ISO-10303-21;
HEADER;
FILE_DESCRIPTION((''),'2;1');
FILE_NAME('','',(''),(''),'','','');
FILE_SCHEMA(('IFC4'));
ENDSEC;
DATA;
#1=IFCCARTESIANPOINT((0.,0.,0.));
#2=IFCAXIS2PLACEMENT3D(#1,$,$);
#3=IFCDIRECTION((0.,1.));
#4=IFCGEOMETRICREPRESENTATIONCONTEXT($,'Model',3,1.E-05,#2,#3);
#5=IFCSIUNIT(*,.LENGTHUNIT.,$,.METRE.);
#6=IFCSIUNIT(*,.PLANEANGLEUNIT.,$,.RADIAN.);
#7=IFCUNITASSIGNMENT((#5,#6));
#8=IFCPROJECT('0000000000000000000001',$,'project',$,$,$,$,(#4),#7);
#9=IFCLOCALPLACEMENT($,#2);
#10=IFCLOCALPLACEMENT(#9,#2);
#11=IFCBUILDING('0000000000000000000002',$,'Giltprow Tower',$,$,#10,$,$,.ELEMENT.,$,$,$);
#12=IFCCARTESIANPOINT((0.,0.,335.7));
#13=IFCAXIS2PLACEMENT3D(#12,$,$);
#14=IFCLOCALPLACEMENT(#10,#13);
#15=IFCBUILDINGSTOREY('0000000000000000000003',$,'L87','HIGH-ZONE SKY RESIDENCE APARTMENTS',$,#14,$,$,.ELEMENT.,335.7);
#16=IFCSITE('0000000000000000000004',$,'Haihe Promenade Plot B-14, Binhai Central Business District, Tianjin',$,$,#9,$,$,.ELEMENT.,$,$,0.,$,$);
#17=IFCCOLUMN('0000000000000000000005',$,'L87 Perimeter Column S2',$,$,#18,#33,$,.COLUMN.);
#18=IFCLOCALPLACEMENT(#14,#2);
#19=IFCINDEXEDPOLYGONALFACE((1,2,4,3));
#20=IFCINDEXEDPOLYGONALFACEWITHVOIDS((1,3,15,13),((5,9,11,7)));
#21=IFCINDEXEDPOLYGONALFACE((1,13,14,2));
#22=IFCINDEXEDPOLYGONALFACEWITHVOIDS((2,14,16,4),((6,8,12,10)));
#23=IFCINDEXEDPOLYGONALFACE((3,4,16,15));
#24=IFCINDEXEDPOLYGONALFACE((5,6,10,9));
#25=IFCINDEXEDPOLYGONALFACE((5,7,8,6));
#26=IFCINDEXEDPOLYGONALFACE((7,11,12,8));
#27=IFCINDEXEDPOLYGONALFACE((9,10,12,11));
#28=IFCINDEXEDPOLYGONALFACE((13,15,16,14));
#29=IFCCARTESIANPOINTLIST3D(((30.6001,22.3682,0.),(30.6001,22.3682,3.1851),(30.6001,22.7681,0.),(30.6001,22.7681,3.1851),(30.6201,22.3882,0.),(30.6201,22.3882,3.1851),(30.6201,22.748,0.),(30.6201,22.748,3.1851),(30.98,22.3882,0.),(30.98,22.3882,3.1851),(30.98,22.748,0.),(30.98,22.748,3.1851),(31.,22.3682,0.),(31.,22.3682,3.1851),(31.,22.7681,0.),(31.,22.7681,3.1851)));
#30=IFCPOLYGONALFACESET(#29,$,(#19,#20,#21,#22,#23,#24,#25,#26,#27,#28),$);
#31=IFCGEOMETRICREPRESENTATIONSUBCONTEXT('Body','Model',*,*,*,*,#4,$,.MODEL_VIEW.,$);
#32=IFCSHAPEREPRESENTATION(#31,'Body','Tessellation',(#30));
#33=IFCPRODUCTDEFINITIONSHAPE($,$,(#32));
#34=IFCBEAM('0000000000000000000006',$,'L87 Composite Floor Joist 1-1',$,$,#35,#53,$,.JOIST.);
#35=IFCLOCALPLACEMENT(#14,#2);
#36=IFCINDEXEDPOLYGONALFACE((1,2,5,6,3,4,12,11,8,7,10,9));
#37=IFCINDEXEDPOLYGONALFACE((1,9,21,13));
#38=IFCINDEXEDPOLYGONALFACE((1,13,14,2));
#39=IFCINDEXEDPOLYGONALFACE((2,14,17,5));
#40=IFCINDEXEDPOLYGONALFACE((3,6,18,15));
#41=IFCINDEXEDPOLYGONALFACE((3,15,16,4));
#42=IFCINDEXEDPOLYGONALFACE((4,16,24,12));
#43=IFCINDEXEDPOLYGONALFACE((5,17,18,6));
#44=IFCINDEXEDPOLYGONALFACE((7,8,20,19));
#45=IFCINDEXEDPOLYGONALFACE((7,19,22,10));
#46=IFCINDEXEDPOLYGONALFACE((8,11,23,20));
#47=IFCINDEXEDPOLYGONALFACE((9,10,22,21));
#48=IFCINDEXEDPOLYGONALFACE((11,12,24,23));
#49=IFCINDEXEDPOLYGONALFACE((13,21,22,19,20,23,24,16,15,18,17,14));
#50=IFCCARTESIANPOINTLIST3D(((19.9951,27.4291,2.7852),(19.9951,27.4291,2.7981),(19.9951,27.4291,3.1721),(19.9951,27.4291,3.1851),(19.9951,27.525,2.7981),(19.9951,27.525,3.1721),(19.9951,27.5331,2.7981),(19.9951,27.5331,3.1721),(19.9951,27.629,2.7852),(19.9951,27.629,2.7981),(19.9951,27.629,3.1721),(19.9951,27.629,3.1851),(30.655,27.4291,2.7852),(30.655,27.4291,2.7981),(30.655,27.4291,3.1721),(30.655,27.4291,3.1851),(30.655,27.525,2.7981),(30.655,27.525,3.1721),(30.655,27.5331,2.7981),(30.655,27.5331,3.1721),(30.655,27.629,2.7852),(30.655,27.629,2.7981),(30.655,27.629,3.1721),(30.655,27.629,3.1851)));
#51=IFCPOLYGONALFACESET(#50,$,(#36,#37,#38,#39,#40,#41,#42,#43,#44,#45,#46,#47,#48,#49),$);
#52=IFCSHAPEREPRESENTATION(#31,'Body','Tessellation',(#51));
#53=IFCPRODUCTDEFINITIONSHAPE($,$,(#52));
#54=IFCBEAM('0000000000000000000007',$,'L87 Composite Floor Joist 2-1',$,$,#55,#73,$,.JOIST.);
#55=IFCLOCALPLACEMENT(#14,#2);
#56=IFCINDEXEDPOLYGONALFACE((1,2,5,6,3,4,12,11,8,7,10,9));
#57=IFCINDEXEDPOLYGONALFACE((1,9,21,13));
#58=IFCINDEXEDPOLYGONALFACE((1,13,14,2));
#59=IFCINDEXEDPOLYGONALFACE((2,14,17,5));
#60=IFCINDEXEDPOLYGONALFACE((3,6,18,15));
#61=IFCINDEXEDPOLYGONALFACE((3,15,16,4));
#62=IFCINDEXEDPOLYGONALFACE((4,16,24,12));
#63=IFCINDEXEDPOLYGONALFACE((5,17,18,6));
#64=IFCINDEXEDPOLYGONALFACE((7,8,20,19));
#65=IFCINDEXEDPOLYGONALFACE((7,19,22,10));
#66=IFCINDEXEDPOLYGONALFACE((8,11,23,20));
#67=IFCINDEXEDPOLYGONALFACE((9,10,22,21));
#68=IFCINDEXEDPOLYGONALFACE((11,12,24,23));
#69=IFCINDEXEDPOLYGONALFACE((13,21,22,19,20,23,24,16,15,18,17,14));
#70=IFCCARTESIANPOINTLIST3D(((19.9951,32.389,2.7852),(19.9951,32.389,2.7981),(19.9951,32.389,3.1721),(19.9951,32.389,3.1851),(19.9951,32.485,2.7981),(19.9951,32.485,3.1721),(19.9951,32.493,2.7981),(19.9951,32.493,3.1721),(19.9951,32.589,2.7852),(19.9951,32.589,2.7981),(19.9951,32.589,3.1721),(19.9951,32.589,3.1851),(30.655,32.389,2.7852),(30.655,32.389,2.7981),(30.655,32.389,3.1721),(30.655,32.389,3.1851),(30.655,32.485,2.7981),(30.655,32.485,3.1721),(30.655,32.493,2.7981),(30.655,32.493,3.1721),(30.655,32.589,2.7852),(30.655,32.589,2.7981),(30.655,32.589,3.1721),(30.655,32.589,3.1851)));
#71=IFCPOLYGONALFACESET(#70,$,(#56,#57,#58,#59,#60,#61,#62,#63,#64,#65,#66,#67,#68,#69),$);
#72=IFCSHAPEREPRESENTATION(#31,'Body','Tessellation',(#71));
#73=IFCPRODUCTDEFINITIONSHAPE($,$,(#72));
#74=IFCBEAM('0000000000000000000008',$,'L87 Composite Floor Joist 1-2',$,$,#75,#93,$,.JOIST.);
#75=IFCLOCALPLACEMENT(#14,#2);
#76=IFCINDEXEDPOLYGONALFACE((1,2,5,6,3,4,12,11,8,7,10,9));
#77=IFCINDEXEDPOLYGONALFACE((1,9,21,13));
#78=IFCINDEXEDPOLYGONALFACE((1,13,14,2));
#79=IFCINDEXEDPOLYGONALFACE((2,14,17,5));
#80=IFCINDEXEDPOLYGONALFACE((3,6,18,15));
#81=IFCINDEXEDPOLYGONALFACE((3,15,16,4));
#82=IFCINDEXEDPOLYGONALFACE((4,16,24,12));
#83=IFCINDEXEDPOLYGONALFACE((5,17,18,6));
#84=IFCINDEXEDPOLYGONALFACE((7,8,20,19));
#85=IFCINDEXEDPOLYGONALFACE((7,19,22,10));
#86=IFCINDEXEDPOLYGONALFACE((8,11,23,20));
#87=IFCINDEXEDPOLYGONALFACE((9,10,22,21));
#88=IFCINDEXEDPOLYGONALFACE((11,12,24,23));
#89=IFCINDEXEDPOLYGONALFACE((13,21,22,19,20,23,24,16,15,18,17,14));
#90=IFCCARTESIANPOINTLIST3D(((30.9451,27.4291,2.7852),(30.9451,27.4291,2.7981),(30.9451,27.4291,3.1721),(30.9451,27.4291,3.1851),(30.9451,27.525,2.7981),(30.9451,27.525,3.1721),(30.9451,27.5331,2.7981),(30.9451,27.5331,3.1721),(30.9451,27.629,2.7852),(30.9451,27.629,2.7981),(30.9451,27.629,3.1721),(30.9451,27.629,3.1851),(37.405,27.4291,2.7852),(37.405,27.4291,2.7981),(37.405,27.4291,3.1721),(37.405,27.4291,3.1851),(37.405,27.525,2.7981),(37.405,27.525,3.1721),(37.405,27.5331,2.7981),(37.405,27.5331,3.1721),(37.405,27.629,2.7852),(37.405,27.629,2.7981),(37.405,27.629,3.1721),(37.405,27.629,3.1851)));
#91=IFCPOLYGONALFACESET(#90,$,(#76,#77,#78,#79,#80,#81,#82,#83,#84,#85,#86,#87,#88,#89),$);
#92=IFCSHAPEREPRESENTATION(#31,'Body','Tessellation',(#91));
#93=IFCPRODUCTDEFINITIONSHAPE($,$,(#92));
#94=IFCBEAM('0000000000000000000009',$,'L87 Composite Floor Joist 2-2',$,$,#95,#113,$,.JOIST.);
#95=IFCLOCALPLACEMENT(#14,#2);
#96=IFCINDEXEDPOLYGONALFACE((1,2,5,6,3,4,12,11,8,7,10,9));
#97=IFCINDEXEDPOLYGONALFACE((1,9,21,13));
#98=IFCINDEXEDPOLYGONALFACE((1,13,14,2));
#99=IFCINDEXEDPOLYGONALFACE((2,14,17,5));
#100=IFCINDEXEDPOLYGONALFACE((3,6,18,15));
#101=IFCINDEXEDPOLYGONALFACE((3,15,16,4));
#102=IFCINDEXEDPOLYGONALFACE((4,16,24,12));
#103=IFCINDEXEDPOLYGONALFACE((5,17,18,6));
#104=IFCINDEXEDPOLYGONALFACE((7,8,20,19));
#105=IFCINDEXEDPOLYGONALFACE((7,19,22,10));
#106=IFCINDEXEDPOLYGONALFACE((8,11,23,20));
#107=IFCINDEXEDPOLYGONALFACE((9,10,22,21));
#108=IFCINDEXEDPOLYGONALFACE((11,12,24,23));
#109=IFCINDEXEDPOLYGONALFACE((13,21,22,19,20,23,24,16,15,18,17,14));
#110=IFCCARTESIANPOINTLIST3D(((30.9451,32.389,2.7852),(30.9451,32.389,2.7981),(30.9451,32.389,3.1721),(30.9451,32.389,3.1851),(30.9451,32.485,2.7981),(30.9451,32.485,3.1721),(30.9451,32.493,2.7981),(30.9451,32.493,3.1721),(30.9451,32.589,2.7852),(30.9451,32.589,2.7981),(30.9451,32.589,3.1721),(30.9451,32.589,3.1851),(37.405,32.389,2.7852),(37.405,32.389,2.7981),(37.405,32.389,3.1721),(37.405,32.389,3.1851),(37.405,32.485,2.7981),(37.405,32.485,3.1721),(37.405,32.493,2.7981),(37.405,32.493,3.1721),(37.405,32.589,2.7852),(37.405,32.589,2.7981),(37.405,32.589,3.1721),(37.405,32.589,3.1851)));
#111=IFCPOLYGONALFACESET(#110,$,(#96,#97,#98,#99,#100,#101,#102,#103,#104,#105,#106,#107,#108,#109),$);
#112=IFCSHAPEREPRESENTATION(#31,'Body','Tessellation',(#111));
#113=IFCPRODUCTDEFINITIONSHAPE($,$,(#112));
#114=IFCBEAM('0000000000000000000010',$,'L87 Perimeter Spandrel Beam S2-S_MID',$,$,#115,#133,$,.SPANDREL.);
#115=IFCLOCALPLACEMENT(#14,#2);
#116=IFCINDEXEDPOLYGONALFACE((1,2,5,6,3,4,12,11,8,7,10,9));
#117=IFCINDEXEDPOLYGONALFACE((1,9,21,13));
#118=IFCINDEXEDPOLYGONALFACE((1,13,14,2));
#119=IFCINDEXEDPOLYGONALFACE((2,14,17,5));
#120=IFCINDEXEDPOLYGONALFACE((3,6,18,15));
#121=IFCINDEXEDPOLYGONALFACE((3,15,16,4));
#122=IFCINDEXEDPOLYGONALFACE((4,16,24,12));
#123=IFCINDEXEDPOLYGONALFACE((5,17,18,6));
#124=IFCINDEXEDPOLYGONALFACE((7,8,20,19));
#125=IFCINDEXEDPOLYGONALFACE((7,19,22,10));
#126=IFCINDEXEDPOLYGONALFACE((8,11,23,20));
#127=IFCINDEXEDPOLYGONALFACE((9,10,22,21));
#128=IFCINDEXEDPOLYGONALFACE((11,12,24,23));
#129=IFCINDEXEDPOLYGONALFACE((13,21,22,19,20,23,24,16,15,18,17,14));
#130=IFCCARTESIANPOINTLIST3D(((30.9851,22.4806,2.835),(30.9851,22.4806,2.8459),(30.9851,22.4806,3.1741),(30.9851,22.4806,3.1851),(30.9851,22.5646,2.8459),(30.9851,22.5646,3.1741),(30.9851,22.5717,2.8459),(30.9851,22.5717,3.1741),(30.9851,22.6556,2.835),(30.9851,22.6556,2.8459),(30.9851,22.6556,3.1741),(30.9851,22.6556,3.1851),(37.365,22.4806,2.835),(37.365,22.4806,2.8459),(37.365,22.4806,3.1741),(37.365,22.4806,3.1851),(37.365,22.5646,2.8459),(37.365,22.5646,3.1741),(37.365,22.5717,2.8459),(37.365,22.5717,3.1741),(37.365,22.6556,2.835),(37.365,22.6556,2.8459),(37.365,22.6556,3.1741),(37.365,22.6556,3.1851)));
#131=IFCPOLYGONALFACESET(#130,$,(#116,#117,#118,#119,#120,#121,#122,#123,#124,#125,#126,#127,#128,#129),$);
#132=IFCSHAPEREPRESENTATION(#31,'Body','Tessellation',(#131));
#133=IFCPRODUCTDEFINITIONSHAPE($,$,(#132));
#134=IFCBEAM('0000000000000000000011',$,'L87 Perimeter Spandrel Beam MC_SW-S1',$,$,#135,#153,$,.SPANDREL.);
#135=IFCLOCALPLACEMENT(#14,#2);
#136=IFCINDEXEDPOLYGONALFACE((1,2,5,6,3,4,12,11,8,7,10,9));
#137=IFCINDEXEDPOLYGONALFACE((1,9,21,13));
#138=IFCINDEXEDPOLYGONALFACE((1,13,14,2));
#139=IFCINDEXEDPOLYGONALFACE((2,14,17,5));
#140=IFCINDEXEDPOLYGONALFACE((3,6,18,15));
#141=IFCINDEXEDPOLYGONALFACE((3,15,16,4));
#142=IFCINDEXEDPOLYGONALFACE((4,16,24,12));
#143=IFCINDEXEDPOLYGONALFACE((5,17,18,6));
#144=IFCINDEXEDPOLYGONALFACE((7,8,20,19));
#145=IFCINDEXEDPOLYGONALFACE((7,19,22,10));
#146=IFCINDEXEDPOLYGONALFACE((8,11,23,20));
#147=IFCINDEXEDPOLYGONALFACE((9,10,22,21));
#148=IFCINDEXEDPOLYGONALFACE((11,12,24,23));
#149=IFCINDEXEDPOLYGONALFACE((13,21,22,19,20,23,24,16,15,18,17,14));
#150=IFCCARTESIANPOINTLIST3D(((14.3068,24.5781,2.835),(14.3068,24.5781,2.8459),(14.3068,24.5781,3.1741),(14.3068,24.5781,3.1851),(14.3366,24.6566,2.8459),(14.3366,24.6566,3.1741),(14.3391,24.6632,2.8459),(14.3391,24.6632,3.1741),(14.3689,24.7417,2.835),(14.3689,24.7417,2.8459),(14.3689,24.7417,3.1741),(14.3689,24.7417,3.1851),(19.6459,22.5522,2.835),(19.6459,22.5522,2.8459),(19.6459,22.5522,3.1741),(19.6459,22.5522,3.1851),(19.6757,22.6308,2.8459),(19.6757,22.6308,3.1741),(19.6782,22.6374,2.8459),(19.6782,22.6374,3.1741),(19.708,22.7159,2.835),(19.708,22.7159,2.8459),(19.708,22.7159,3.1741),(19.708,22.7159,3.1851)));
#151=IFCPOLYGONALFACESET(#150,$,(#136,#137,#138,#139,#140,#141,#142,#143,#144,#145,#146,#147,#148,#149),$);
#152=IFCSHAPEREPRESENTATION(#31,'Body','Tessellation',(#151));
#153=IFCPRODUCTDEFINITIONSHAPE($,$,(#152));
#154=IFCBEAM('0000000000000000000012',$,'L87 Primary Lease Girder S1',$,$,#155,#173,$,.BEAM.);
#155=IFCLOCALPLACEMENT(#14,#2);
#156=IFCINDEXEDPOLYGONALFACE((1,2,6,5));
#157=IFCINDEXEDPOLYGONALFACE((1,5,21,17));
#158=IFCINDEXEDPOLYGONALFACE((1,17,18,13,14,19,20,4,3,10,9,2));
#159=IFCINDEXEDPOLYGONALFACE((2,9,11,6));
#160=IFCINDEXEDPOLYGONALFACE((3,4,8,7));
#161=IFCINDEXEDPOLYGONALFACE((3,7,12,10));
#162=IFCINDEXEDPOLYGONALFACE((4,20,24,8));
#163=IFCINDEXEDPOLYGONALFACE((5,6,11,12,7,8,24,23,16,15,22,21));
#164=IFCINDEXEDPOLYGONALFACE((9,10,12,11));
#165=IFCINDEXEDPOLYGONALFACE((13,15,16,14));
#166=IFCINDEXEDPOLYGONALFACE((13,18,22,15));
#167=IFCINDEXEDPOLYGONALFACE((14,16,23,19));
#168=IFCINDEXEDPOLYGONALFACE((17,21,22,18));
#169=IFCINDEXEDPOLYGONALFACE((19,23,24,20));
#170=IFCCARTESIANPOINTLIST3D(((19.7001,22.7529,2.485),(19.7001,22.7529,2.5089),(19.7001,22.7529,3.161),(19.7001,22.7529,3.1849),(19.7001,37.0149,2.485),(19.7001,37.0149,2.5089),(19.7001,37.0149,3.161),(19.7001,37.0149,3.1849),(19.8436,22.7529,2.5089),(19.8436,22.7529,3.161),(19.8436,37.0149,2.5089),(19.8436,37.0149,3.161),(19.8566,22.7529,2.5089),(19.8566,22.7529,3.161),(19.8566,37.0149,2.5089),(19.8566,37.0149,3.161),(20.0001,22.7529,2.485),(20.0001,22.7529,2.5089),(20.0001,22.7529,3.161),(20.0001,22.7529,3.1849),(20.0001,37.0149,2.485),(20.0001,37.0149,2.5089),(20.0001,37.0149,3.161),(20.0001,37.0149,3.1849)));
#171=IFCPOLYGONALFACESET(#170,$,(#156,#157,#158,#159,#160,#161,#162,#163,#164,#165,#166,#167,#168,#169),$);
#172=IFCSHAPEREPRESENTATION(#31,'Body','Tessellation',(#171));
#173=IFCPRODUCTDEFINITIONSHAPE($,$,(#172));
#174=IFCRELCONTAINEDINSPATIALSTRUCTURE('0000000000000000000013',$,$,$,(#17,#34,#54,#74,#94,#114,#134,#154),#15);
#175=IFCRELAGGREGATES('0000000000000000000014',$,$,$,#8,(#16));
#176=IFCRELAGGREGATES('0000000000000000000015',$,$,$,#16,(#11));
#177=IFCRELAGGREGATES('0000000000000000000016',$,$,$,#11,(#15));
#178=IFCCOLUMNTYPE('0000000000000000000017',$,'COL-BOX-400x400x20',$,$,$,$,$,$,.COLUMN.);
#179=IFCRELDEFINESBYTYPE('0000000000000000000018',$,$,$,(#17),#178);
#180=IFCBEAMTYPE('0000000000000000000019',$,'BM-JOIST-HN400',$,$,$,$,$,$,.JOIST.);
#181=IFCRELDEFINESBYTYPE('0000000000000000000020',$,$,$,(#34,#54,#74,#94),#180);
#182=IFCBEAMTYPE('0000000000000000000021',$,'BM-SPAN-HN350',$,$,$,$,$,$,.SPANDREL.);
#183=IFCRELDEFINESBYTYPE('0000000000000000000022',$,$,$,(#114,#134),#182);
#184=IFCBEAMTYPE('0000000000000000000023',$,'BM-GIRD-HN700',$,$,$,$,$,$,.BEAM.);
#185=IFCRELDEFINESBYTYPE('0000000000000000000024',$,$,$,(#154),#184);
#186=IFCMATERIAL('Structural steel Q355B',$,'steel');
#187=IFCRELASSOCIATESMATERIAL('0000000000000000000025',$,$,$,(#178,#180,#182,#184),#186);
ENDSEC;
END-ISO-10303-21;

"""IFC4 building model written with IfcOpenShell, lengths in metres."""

from ifc_helpers import new_model, si_unit, direction, frame, origin, origin_2d, place, context, subcontext, project, spatial, hollow_rectangle, i_section, extrude, source, transform, mapped, material, material_profile, profile_set, type_object, element, save


model = new_model("IFC4")

# Units and contexts
model_context = context("Model", 3, precision=1e-05, world=origin(), true_north=direction((0.0, 1.0)))
body_context = subcontext(model_context, "Body", "Model", "MODEL_VIEW")
ifc_project = project(units=[si_unit("LENGTHUNIT", "METRE"), si_unit("PLANEANGLEUNIT", "RADIAN")], contexts=[model_context])

# Site, building, storey
site_placement = place(None, origin())
site = spatial("IfcSite", under=ifc_project, at=site_placement, Name="Haihe Promenade Plot B-14, Binhai Central Business District, Tianjin", CompositionType="ELEMENT", RefElevation=0.0)
building_placement = place(site_placement, origin())
building = spatial("IfcBuilding", under=site, at=building_placement, Name="Giltprow Tower", CompositionType="ELEMENT")
storey_placement = place(building_placement, frame((0.0, 0.0, 335.7)))
storey = spatial("IfcBuildingStorey", under=building, at=storey_placement, Name="L87", Description="HIGH-ZONE SKY RESIDENCE APARTMENTS", CompositionType="ELEMENT", Elevation=335.7)

# Column
ifc_material_1 = material(Name="Structural steel Q355B", Category="steel")
ifc_material_profile_1 = material_profile(ifc_material_1, hollow_rectangle(XDim=0.3999, YDim=0.3999, WallThickness=0.02, at=origin_2d()), Name="BOX 400x400x20")
ifc_profile_set_1 = profile_set([ifc_material_profile_1], Name="Structural steel Q355B")
column_type = type_object("IfcColumnType", Name="COL-BOX-400x400x20", PredefinedType="COLUMN", material=ifc_profile_set_1)
shared_shape_1 = source(origin(), body_context, "Body", "SweptSolid", [
    extrude(hollow_rectangle(XDim=0.3999, YDim=0.3999, WallThickness=0.02, at=origin_2d()), origin(), (0.0, 0.0, 1.0), 3.1851),
])
column_placement = place(storey_placement, frame((30.8, 22.5681, 0.0), z_axis=(0.0, 0.0, 1.0), x_axis=(1.0, 0.0, 0.0)))
element("IfcColumn", 1, at=column_placement, inside=storey, type_object=column_type, Name="L87 Perimeter Column S2", PredefinedType="COLUMN", context=body_context, shape_type="MappedRepresentation", body=[
    mapped(shared_shape_1, transform((0.0, 0.0, 0.0), x_axis=(1.0, 0.0, 0.0), y_axis=(0.0, 1.0, 0.0), z_axis=(0.0, 0.0, 1.0), scale=1.0)),
])

# Beams
ifc_material_profile_2 = material_profile(ifc_material_1, i_section(OverallWidth=0.2, OverallDepth=0.3999, WebThickness=0.0081, FlangeThickness=0.0129, at=origin_2d()), Name="HN 400x200x8x13")
ifc_profile_set_2 = profile_set([ifc_material_profile_2], Name="Structural steel Q355B")
beam_type_1 = type_object("IfcBeamType", Name="BM-JOIST-HN400", PredefinedType="JOIST", material=ifc_profile_set_2)
shared_shape_2 = source(origin(), body_context, "Body", "SweptSolid", [
    extrude(i_section(OverallWidth=0.2, OverallDepth=0.3999, WebThickness=0.0081, FlangeThickness=0.0129, at=origin_2d()), origin(), (0.0, 0.0, 1.0), 10.6599),
])
for number, where, z_axis, x_axis, name in (
    (2, (19.9951, 27.5291, 2.9851), (1.0, 0.0, 0.0), (0.0, 1.0, 0.0), "L87 Composite Floor Joist 1-1"),
    (3, (19.9951, 32.489, 2.9851), (1.0, 0.0, 0.0), (0.0, 1.0, 0.0), "L87 Composite Floor Joist 2-1"),
):
    element("IfcBeam", number, at=place(storey_placement, frame(where, z_axis=z_axis, x_axis=x_axis)), inside=storey, type_object=beam_type_1, Name=name, PredefinedType="JOIST", context=body_context, shape_type="MappedRepresentation", body=[
        mapped(shared_shape_2, transform((0.0, 0.0, 0.0), x_axis=(1.0, 0.0, 0.0), y_axis=(0.0, 1.0, 0.0), z_axis=(0.0, 0.0, 1.0), scale=1.0)),
    ])
shared_shape_3 = source(origin(), body_context, "Body", "SweptSolid", [
    extrude(i_section(OverallWidth=0.2, OverallDepth=0.3999, WebThickness=0.0081, FlangeThickness=0.0129, at=origin_2d()), origin(), (0.0, 0.0, 1.0), 6.46),
])
for number, where, z_axis, x_axis, name in (
    (4, (30.9451, 27.5291, 2.9851), (1.0, 0.0, 0.0), (0.0, 1.0, 0.0), "L87 Composite Floor Joist 1-2"),
    (5, (30.9451, 32.489, 2.9851), (1.0, 0.0, 0.0), (0.0, 1.0, 0.0), "L87 Composite Floor Joist 2-2"),
):
    element("IfcBeam", number, at=place(storey_placement, frame(where, z_axis=z_axis, x_axis=x_axis)), inside=storey, type_object=beam_type_1, Name=name, PredefinedType="JOIST", context=body_context, shape_type="MappedRepresentation", body=[
        mapped(shared_shape_3, transform((0.0, 0.0, 0.0), x_axis=(1.0, 0.0, 0.0), y_axis=(0.0, 1.0, 0.0), z_axis=(0.0, 0.0, 1.0), scale=1.0)),
    ])
ifc_material_profile_3 = material_profile(ifc_material_1, i_section(OverallWidth=0.175, OverallDepth=0.3501, WebThickness=0.0071, FlangeThickness=0.011, at=origin_2d()), Name="HN 350x175x7x11")
ifc_profile_set_3 = profile_set([ifc_material_profile_3], Name="Structural steel Q355B")
beam_type_2 = type_object("IfcBeamType", Name="BM-SPAN-HN350", PredefinedType="SPANDREL", material=ifc_profile_set_3)
shared_shape_4 = source(origin(), body_context, "Body", "SweptSolid", [
    extrude(i_section(OverallWidth=0.175, OverallDepth=0.3501, WebThickness=0.0071, FlangeThickness=0.011, at=origin_2d()), origin(), (0.0, 0.0, 1.0), 6.3799),
])
beam_1_placement = place(storey_placement, frame((30.9851, 22.5681, 3.01), z_axis=(1.0, 0.0, 0.0), x_axis=(0.0, 1.0, 0.0)))
element("IfcBeam", 6, at=beam_1_placement, inside=storey, type_object=beam_type_2, Name="L87 Perimeter Spandrel Beam S2-S_MID", PredefinedType="SPANDREL", context=body_context, shape_type="MappedRepresentation", body=[
    mapped(shared_shape_4, transform((0.0, 0.0, 0.0), x_axis=(1.0, 0.0, 0.0), y_axis=(0.0, 1.0, 0.0), z_axis=(0.0, 0.0, 1.0), scale=1.0)),
])
shared_shape_5 = source(origin(), body_context, "Body", "SweptSolid", [
    extrude(i_section(OverallWidth=0.175, OverallDepth=0.3501, WebThickness=0.0071, FlangeThickness=0.011, at=origin_2d()), origin(), (0.0, 0.0, 1.0), 5.7104),
])
beam_2_placement = place(storey_placement, frame((14.3379, 24.6599, 3.01), z_axis=(0.934957, -0.354761, 0.0), x_axis=(0.354761, 0.934957, 0.0)))
element("IfcBeam", 7, at=beam_2_placement, inside=storey, type_object=beam_type_2, Name="L87 Perimeter Spandrel Beam MC_SW-S1", PredefinedType="SPANDREL", context=body_context, shape_type="MappedRepresentation", body=[
    mapped(shared_shape_5, transform((0.0, 0.0, 0.0), x_axis=(1.0, 0.0, 0.0), y_axis=(0.0, 1.0, 0.0), z_axis=(0.0, 0.0, 1.0), scale=1.0)),
])
ifc_material_profile_4 = material_profile(ifc_material_1, i_section(OverallWidth=0.3, OverallDepth=0.7, WebThickness=0.0129, FlangeThickness=0.0239, at=origin_2d()), Name="HN 700x300x13x24")
ifc_profile_set_4 = profile_set([ifc_material_profile_4], Name="Structural steel Q355B")
beam_type_3 = type_object("IfcBeamType", Name="BM-GIRD-HN700", PredefinedType="BEAM", material=ifc_profile_set_4)
shared_shape_6 = source(origin(), body_context, "Body", "SweptSolid", [
    extrude(i_section(OverallWidth=0.3, OverallDepth=0.7, WebThickness=0.0129, FlangeThickness=0.0239, at=origin_2d()), origin(), (0.0, 0.0, 1.0), 14.262),
])
for number, where, z_axis, x_axis, name in (
    (8, (19.8501, 22.7529, 2.835), (0.0, 1.0, 0.0), (-1.0, 0.0, 0.0), "L87 Primary Lease Girder S1"),
):
    element("IfcBeam", number, at=place(storey_placement, frame(where, z_axis=z_axis, x_axis=x_axis)), inside=storey, type_object=beam_type_3, Name=name, PredefinedType="BEAM", context=body_context, shape_type="MappedRepresentation", body=[
        mapped(shared_shape_6, transform((0.0, 0.0, 0.0), x_axis=(1.0, 0.0, 0.0), y_axis=(0.0, 1.0, 0.0), z_axis=(0.0, 0.0, 1.0), scale=1.0)),
    ])

save(model, "model.ifc")
